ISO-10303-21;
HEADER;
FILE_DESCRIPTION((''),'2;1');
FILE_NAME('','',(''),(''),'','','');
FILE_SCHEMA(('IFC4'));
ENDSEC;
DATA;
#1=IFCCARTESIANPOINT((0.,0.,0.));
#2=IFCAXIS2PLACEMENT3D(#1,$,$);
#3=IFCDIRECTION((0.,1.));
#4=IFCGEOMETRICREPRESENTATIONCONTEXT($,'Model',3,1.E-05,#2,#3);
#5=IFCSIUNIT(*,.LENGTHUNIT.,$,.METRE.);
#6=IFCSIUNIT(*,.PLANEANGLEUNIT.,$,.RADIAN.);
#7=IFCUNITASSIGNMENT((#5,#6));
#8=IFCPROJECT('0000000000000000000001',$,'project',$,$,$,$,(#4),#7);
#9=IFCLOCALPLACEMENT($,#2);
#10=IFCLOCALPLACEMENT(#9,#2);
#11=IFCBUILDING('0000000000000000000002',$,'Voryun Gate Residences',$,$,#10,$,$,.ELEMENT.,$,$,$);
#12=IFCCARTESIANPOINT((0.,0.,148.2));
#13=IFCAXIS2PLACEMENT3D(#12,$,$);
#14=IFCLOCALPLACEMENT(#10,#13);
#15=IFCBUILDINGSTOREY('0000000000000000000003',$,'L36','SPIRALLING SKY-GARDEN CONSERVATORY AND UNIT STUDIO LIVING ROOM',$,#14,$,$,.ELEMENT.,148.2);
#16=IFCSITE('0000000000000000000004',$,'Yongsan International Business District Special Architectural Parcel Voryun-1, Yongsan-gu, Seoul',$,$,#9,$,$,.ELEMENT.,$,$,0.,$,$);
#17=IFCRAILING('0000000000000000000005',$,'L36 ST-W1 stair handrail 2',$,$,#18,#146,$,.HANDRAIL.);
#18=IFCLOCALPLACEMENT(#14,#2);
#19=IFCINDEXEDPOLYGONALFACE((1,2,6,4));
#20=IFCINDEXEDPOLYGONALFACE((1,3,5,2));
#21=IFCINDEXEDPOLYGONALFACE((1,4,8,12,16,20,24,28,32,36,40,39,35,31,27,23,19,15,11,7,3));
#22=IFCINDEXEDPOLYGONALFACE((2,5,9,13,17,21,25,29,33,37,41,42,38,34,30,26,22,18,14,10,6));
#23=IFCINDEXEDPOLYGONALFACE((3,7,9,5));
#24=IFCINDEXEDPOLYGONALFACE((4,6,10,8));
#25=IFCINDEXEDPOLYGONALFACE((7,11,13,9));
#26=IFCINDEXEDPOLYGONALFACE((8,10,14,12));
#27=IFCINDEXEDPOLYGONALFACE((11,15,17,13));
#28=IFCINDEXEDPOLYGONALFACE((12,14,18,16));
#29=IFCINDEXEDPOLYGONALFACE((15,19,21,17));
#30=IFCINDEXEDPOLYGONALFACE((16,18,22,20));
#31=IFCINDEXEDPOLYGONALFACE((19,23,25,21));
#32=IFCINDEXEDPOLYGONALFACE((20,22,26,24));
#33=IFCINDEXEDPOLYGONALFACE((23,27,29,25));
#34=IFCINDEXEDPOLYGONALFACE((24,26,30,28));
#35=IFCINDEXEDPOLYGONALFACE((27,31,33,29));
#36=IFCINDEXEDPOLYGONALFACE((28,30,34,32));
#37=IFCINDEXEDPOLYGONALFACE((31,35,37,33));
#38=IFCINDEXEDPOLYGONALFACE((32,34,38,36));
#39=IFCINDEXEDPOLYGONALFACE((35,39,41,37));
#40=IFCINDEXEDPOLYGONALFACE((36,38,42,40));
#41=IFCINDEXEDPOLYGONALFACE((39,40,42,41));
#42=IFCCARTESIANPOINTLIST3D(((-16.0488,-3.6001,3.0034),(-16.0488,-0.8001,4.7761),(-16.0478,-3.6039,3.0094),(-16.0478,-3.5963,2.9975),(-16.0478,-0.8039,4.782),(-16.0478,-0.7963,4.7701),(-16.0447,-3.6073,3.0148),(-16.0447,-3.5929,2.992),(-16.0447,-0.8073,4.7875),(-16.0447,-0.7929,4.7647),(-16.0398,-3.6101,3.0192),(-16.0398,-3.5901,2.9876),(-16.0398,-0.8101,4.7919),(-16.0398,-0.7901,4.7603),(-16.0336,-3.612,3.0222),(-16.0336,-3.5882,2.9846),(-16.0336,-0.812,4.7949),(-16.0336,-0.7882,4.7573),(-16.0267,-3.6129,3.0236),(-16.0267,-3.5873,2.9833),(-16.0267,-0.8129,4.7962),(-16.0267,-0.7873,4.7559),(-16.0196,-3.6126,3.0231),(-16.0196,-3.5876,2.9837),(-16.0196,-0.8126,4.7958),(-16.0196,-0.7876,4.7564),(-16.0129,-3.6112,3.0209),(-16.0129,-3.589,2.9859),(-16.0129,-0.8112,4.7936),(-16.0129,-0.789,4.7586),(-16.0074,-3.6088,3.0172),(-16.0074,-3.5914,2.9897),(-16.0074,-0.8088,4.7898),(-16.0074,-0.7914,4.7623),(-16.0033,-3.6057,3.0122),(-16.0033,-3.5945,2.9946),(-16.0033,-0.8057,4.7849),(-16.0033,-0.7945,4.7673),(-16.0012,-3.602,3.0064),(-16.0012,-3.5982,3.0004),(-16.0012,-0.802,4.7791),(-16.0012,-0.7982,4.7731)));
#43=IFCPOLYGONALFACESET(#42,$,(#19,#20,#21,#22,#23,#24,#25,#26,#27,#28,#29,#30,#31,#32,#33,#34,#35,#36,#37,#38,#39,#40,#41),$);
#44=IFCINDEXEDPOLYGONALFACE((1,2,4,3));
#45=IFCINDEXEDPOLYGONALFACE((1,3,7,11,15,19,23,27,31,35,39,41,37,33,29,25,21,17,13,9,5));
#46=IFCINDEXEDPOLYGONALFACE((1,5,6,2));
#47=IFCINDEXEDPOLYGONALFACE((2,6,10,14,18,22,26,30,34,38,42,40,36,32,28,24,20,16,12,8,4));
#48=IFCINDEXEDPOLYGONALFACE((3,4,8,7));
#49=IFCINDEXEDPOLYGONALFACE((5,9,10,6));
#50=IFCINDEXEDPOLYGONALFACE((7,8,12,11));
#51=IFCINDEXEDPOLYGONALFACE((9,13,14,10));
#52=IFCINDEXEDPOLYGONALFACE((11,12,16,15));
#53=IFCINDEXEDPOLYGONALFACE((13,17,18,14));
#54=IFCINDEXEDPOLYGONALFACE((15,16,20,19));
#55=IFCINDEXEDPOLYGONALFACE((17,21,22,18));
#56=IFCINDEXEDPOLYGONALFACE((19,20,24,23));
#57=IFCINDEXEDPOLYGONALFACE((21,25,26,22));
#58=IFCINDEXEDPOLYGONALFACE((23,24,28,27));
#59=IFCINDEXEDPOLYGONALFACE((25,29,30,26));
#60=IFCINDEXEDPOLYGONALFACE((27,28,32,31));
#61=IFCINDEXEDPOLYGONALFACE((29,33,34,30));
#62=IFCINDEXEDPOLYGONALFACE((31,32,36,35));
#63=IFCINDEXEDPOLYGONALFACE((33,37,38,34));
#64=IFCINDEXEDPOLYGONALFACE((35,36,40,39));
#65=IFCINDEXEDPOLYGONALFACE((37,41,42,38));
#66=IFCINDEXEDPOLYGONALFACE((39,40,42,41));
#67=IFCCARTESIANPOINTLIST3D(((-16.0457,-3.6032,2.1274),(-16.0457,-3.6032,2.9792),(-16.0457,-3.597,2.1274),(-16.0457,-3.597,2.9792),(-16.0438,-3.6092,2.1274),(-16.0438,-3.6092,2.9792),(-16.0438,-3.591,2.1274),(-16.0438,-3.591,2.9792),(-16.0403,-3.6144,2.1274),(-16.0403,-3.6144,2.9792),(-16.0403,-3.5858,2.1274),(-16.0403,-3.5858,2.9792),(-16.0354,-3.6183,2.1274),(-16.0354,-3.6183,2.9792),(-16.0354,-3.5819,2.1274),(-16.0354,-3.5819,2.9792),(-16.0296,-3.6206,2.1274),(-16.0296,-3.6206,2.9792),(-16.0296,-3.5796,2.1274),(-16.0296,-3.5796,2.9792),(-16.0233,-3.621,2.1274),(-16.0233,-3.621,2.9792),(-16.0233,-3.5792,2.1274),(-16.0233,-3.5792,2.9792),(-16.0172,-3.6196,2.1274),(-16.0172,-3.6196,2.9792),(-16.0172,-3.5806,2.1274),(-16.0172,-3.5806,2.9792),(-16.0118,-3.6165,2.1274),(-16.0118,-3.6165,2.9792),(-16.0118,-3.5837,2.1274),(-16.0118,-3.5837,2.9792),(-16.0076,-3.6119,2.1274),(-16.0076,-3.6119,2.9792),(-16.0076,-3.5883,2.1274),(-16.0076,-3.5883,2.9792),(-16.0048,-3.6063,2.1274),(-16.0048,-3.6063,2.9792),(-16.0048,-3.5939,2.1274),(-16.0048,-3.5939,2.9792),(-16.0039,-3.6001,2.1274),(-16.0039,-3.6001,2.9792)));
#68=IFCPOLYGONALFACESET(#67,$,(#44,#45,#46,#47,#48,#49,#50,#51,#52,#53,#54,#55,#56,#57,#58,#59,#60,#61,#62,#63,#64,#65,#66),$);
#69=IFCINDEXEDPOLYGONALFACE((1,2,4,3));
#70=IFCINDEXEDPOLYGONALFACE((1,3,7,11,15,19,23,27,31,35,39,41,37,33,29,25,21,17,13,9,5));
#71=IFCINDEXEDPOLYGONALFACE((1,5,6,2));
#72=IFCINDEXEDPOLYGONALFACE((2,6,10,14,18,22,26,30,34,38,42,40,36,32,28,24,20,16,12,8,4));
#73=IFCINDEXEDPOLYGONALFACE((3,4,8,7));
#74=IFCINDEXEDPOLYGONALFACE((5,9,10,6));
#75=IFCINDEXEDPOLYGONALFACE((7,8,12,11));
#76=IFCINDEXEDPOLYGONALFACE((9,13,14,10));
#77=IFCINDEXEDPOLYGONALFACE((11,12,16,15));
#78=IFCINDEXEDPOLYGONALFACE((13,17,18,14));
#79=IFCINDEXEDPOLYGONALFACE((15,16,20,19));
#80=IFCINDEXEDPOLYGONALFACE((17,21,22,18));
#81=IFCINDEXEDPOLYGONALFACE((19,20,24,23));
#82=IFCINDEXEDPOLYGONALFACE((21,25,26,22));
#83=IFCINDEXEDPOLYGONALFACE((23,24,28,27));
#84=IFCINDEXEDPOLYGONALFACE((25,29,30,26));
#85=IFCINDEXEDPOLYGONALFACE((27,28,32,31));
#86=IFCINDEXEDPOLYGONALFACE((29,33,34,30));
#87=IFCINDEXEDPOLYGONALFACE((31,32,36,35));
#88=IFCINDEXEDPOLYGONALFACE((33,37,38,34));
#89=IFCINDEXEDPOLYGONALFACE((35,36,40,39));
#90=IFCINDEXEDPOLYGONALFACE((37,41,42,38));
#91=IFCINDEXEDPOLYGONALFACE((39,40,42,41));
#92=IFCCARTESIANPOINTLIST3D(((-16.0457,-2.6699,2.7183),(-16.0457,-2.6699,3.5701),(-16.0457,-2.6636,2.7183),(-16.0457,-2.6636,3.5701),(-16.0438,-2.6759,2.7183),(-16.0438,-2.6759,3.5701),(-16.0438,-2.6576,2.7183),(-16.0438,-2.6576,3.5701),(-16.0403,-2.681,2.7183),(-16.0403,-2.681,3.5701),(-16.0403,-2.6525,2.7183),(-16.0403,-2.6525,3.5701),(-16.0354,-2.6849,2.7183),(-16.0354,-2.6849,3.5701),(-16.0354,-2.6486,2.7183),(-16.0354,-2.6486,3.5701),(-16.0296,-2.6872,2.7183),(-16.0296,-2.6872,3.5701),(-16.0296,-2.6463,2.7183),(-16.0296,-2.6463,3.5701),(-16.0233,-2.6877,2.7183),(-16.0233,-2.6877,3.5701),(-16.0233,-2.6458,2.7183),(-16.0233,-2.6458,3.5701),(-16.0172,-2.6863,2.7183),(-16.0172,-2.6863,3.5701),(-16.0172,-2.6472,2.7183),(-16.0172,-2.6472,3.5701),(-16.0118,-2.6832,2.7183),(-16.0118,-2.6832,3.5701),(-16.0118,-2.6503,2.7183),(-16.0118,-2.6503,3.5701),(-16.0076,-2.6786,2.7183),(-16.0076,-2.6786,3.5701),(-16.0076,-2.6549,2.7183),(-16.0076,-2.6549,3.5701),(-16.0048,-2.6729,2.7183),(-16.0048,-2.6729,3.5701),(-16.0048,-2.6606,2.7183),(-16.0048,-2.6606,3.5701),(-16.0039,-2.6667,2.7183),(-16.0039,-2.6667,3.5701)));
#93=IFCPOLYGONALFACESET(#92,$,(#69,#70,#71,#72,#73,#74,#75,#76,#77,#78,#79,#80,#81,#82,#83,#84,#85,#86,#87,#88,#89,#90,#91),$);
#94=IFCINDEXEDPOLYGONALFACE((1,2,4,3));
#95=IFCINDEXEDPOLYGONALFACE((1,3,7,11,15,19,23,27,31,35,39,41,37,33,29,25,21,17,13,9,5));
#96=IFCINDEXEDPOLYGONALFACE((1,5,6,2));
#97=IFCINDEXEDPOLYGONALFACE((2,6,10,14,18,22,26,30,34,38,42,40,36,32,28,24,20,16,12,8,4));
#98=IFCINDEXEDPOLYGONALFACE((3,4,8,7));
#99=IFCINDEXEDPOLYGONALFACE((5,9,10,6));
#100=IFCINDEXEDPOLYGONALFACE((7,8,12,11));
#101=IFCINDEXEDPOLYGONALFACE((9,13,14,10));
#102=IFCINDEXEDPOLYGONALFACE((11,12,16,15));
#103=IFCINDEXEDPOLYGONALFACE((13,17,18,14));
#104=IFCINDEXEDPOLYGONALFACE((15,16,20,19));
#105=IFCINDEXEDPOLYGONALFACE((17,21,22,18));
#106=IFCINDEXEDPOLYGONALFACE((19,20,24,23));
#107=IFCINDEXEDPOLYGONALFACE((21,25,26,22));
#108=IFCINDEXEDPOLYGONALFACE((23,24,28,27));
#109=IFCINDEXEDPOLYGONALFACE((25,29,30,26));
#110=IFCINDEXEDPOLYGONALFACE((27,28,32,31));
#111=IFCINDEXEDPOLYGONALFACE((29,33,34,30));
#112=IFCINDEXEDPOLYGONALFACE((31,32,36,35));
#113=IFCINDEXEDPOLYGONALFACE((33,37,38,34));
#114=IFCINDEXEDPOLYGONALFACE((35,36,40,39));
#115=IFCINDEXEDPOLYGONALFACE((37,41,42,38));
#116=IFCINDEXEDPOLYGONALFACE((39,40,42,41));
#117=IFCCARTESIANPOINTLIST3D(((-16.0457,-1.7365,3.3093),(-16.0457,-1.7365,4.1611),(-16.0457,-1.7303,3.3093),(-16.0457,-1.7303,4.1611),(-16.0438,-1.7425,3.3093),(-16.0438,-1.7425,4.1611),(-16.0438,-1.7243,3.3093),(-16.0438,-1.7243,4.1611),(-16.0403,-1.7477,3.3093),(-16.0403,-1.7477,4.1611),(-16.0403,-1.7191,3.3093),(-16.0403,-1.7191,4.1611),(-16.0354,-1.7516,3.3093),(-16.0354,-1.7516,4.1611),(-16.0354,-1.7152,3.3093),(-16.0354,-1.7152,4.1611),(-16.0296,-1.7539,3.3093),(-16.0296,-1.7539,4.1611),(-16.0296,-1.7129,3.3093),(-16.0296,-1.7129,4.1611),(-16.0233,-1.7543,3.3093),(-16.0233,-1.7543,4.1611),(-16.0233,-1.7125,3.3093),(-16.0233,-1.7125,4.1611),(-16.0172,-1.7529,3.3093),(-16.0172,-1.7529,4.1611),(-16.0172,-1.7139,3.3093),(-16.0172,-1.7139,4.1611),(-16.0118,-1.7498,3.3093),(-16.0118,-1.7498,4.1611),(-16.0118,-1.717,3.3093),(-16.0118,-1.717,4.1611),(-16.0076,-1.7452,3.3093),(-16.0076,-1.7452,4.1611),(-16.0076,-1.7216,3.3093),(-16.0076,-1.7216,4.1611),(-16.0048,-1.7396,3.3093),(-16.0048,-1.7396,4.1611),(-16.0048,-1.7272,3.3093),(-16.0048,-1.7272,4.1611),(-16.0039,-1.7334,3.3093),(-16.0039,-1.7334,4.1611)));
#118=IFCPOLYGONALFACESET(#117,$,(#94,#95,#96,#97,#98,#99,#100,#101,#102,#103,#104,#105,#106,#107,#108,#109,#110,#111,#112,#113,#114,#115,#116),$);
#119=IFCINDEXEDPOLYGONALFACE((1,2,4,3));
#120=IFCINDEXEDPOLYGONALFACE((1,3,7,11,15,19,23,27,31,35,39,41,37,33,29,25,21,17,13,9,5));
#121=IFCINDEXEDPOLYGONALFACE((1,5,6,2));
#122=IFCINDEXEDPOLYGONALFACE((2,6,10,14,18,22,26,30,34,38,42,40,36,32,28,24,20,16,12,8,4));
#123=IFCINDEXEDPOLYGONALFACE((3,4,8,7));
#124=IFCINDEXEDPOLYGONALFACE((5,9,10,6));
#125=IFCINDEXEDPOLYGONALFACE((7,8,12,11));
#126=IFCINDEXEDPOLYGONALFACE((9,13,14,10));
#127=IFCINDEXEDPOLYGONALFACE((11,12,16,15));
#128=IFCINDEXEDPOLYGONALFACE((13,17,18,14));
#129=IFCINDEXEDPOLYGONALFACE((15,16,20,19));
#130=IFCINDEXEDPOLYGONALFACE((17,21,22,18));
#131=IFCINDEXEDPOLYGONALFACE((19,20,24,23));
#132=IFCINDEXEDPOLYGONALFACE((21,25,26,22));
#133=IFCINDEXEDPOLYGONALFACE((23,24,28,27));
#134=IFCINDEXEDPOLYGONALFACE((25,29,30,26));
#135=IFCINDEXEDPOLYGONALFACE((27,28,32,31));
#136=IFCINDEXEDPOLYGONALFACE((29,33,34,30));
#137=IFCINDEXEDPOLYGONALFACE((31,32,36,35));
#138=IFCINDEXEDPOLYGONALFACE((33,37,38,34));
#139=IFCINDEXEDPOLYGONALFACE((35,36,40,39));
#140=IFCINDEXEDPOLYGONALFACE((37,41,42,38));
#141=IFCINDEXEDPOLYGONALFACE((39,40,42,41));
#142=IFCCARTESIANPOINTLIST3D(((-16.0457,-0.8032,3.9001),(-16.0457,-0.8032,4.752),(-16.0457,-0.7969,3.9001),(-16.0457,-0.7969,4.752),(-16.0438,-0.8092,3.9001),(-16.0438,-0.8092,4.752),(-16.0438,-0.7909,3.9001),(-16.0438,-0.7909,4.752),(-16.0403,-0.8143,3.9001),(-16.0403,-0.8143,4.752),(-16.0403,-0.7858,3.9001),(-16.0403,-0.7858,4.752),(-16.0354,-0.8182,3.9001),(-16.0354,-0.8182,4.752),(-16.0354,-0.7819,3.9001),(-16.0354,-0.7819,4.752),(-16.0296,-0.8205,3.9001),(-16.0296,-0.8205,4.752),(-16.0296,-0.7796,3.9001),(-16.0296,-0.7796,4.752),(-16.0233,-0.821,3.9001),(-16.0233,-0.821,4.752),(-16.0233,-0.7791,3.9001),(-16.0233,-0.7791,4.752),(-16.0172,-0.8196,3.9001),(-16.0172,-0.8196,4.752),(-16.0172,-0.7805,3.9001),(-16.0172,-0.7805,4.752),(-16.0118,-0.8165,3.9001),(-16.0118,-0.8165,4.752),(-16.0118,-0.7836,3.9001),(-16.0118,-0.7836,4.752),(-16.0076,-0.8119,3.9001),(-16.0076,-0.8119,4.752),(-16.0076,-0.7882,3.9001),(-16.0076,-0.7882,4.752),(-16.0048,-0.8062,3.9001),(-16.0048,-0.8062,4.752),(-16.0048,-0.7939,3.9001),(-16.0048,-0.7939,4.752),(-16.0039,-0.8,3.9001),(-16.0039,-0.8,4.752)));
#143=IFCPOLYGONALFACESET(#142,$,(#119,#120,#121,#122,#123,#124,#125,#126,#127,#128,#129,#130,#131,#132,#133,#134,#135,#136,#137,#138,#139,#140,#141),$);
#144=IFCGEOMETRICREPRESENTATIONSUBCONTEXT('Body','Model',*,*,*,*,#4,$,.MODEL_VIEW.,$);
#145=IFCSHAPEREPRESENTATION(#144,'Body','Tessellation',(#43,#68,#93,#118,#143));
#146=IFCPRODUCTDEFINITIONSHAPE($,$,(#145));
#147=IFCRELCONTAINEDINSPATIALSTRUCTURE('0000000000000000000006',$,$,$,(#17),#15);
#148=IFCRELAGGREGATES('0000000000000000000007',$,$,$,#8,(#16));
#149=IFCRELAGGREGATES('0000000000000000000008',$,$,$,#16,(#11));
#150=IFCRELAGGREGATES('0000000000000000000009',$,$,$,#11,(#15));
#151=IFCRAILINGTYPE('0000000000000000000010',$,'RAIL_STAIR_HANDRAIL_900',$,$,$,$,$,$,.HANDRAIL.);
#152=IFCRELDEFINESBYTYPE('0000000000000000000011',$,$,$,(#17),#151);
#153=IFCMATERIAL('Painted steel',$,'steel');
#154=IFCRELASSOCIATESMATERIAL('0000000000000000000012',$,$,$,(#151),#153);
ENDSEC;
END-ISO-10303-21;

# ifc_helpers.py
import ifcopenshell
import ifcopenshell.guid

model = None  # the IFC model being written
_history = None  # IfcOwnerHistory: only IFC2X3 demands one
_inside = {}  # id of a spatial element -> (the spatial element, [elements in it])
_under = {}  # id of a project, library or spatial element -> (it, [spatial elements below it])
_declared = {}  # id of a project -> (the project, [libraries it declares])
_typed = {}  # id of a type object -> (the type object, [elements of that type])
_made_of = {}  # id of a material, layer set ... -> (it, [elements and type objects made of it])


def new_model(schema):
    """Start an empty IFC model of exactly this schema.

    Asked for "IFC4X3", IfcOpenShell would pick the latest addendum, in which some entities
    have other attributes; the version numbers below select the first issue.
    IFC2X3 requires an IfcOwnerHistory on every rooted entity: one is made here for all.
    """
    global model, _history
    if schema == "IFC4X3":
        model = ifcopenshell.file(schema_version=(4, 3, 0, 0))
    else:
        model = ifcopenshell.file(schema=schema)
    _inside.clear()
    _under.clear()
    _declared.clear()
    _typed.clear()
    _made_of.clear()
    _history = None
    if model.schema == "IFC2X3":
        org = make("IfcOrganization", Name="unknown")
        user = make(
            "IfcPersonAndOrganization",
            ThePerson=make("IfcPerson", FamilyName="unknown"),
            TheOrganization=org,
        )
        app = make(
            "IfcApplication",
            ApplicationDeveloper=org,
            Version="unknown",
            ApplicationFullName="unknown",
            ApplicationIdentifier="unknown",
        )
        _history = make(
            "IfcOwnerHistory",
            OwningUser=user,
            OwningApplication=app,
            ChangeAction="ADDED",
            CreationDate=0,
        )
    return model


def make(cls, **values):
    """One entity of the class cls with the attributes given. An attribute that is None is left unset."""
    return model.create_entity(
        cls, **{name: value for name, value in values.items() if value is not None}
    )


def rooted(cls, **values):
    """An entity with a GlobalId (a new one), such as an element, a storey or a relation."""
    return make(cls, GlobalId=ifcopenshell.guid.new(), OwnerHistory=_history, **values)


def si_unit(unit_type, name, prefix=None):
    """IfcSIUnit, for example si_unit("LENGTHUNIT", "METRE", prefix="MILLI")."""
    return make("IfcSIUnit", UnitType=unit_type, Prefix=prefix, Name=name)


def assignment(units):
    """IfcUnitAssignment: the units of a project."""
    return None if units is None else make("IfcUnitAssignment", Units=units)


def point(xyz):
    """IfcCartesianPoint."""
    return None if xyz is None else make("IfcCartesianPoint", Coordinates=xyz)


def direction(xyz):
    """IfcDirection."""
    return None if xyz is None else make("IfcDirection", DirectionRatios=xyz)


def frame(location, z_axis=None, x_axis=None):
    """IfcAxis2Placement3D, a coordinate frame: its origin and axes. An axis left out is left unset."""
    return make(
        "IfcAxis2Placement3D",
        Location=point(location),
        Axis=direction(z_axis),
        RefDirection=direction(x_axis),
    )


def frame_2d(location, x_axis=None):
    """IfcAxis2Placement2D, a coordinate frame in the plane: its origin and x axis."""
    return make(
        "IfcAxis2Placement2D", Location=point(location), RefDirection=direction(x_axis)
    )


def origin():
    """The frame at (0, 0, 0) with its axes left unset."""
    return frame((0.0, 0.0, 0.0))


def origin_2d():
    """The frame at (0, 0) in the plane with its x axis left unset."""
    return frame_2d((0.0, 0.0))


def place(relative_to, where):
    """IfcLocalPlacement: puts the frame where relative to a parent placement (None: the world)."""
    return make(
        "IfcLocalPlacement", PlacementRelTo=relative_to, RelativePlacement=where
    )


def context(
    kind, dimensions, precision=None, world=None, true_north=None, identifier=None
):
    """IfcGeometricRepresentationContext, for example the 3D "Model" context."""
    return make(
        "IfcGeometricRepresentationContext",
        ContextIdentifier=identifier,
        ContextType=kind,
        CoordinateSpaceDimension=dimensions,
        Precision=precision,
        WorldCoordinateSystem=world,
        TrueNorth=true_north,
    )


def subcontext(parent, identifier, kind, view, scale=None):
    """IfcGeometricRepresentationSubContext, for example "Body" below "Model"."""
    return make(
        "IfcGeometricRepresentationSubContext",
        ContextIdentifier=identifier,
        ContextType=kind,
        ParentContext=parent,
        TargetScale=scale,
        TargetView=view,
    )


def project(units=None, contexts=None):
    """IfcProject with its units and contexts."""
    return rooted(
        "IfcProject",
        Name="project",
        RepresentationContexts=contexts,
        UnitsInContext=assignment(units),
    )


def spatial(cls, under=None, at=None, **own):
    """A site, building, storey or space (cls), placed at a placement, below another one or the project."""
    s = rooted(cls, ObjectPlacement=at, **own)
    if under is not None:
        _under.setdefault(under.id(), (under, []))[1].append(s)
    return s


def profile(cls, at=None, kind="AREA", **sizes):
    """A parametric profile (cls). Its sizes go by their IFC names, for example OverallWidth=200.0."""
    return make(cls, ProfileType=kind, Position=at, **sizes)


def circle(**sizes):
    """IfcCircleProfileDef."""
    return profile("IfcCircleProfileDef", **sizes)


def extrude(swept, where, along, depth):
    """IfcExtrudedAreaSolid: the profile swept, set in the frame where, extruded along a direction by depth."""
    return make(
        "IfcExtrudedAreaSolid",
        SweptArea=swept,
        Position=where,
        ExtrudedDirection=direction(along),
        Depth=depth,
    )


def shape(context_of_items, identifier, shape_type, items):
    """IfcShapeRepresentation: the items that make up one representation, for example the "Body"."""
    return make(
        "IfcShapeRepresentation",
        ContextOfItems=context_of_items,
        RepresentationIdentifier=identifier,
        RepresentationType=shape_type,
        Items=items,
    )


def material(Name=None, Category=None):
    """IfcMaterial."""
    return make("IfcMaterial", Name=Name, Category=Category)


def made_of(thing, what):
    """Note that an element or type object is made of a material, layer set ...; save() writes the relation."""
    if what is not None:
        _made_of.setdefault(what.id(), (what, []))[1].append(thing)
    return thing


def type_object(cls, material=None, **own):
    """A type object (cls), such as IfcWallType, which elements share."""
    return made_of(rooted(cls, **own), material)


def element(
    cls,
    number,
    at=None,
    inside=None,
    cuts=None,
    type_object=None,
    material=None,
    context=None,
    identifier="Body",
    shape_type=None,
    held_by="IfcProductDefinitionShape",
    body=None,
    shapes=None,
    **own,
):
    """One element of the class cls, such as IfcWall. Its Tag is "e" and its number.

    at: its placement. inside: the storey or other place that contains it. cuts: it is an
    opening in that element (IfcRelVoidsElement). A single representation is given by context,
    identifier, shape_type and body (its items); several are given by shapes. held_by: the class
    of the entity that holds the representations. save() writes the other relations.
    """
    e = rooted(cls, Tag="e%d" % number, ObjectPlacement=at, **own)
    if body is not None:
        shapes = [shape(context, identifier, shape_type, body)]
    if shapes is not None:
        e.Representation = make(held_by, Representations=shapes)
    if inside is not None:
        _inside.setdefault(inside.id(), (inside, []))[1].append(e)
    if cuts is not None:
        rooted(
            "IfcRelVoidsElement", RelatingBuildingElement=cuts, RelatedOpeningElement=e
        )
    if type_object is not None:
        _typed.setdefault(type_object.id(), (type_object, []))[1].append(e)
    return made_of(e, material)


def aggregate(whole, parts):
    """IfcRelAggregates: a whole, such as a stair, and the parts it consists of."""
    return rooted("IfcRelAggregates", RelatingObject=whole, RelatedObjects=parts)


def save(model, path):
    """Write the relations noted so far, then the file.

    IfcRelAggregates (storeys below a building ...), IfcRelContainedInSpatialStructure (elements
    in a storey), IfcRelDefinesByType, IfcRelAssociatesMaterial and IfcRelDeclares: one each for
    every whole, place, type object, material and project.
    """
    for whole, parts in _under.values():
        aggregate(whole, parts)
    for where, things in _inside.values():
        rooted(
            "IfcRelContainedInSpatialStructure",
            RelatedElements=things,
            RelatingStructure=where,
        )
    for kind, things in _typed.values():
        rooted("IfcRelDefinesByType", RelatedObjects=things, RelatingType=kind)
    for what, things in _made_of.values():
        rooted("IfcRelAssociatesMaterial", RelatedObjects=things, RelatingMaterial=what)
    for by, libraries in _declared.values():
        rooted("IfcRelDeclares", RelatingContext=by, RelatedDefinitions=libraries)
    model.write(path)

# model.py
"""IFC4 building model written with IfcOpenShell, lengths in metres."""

from ifc_helpers import new_model, si_unit, direction, frame, origin, origin_2d, place, context, subcontext, project, spatial, circle, extrude, material, type_object, element, save


model = new_model("IFC4")

# Units and contexts
model_context = context("Model", 3, precision=1e-05, world=origin(), true_north=direction((0.0, 1.0)))
body_context = subcontext(model_context, "Body", "Model", "MODEL_VIEW")
ifc_project = project(units=[si_unit("LENGTHUNIT", "METRE"), si_unit("PLANEANGLEUNIT", "RADIAN")], contexts=[model_context])

# Site, building, storey
site_placement = place(None, origin())
site = spatial("IfcSite", under=ifc_project, at=site_placement, Name="Yongsan International Business District Special Architectural Parcel Voryun-1, Yongsan-gu, Seoul", CompositionType="ELEMENT", RefElevation=0.0)
building_placement = place(site_placement, origin())
building = spatial("IfcBuilding", under=site, at=building_placement, Name="Voryun Gate Residences", CompositionType="ELEMENT")
storey_placement = place(building_placement, frame((0.0, 0.0, 148.2)))
storey = spatial("IfcBuildingStorey", under=building, at=storey_placement, Name="L36", Description="SPIRALLING SKY-GARDEN CONSERVATORY AND UNIT STUDIO LIVING ROOM", CompositionType="ELEMENT", Elevation=148.2)

# Railing
ifc_material_1 = material(Name="Painted steel", Category="steel")
railing_type_1 = type_object("IfcRailingType", Name="RAIL_STAIR_HANDRAIL_900", PredefinedType="HANDRAIL", material=ifc_material_1)
railing_1_placement = place(storey_placement, frame((-16.0249, -3.6001, 2.1274)))
element("IfcRailing", 1, at=railing_1_placement, inside=storey, type_object=railing_type_1, Name="L36 ST-W1 stair handrail 2", PredefinedType="HANDRAIL", context=body_context, shape_type="SweptSolid", body=[
    extrude(circle(Radius=0.0239, at=origin_2d()), frame((0.0, 0.0, 0.876), z_axis=(0.0, 0.844909, 0.53491), x_axis=(-1.0, 0.0, 0.0)), (0.0, 0.0, 1.0), 3.314),
    extrude(circle(Radius=0.021, at=origin_2d()), origin(), (0.0, 0.0, 1.0), 0.8518),
    extrude(circle(Radius=0.021, at=origin_2d()), frame((0.0, 0.9333, 0.5908)), (0.0, 0.0, 1.0), 0.8518),
    extrude(circle(Radius=0.021, at=origin_2d()), frame((0.0, 1.8667, 1.1819)), (0.0, 0.0, 1.0), 0.8518),
    extrude(circle(Radius=0.021, at=origin_2d()), frame((0.0, 2.8, 1.7727)), (0.0, 0.0, 1.0), 0.8518),
])

save(model, "model.ifc")
